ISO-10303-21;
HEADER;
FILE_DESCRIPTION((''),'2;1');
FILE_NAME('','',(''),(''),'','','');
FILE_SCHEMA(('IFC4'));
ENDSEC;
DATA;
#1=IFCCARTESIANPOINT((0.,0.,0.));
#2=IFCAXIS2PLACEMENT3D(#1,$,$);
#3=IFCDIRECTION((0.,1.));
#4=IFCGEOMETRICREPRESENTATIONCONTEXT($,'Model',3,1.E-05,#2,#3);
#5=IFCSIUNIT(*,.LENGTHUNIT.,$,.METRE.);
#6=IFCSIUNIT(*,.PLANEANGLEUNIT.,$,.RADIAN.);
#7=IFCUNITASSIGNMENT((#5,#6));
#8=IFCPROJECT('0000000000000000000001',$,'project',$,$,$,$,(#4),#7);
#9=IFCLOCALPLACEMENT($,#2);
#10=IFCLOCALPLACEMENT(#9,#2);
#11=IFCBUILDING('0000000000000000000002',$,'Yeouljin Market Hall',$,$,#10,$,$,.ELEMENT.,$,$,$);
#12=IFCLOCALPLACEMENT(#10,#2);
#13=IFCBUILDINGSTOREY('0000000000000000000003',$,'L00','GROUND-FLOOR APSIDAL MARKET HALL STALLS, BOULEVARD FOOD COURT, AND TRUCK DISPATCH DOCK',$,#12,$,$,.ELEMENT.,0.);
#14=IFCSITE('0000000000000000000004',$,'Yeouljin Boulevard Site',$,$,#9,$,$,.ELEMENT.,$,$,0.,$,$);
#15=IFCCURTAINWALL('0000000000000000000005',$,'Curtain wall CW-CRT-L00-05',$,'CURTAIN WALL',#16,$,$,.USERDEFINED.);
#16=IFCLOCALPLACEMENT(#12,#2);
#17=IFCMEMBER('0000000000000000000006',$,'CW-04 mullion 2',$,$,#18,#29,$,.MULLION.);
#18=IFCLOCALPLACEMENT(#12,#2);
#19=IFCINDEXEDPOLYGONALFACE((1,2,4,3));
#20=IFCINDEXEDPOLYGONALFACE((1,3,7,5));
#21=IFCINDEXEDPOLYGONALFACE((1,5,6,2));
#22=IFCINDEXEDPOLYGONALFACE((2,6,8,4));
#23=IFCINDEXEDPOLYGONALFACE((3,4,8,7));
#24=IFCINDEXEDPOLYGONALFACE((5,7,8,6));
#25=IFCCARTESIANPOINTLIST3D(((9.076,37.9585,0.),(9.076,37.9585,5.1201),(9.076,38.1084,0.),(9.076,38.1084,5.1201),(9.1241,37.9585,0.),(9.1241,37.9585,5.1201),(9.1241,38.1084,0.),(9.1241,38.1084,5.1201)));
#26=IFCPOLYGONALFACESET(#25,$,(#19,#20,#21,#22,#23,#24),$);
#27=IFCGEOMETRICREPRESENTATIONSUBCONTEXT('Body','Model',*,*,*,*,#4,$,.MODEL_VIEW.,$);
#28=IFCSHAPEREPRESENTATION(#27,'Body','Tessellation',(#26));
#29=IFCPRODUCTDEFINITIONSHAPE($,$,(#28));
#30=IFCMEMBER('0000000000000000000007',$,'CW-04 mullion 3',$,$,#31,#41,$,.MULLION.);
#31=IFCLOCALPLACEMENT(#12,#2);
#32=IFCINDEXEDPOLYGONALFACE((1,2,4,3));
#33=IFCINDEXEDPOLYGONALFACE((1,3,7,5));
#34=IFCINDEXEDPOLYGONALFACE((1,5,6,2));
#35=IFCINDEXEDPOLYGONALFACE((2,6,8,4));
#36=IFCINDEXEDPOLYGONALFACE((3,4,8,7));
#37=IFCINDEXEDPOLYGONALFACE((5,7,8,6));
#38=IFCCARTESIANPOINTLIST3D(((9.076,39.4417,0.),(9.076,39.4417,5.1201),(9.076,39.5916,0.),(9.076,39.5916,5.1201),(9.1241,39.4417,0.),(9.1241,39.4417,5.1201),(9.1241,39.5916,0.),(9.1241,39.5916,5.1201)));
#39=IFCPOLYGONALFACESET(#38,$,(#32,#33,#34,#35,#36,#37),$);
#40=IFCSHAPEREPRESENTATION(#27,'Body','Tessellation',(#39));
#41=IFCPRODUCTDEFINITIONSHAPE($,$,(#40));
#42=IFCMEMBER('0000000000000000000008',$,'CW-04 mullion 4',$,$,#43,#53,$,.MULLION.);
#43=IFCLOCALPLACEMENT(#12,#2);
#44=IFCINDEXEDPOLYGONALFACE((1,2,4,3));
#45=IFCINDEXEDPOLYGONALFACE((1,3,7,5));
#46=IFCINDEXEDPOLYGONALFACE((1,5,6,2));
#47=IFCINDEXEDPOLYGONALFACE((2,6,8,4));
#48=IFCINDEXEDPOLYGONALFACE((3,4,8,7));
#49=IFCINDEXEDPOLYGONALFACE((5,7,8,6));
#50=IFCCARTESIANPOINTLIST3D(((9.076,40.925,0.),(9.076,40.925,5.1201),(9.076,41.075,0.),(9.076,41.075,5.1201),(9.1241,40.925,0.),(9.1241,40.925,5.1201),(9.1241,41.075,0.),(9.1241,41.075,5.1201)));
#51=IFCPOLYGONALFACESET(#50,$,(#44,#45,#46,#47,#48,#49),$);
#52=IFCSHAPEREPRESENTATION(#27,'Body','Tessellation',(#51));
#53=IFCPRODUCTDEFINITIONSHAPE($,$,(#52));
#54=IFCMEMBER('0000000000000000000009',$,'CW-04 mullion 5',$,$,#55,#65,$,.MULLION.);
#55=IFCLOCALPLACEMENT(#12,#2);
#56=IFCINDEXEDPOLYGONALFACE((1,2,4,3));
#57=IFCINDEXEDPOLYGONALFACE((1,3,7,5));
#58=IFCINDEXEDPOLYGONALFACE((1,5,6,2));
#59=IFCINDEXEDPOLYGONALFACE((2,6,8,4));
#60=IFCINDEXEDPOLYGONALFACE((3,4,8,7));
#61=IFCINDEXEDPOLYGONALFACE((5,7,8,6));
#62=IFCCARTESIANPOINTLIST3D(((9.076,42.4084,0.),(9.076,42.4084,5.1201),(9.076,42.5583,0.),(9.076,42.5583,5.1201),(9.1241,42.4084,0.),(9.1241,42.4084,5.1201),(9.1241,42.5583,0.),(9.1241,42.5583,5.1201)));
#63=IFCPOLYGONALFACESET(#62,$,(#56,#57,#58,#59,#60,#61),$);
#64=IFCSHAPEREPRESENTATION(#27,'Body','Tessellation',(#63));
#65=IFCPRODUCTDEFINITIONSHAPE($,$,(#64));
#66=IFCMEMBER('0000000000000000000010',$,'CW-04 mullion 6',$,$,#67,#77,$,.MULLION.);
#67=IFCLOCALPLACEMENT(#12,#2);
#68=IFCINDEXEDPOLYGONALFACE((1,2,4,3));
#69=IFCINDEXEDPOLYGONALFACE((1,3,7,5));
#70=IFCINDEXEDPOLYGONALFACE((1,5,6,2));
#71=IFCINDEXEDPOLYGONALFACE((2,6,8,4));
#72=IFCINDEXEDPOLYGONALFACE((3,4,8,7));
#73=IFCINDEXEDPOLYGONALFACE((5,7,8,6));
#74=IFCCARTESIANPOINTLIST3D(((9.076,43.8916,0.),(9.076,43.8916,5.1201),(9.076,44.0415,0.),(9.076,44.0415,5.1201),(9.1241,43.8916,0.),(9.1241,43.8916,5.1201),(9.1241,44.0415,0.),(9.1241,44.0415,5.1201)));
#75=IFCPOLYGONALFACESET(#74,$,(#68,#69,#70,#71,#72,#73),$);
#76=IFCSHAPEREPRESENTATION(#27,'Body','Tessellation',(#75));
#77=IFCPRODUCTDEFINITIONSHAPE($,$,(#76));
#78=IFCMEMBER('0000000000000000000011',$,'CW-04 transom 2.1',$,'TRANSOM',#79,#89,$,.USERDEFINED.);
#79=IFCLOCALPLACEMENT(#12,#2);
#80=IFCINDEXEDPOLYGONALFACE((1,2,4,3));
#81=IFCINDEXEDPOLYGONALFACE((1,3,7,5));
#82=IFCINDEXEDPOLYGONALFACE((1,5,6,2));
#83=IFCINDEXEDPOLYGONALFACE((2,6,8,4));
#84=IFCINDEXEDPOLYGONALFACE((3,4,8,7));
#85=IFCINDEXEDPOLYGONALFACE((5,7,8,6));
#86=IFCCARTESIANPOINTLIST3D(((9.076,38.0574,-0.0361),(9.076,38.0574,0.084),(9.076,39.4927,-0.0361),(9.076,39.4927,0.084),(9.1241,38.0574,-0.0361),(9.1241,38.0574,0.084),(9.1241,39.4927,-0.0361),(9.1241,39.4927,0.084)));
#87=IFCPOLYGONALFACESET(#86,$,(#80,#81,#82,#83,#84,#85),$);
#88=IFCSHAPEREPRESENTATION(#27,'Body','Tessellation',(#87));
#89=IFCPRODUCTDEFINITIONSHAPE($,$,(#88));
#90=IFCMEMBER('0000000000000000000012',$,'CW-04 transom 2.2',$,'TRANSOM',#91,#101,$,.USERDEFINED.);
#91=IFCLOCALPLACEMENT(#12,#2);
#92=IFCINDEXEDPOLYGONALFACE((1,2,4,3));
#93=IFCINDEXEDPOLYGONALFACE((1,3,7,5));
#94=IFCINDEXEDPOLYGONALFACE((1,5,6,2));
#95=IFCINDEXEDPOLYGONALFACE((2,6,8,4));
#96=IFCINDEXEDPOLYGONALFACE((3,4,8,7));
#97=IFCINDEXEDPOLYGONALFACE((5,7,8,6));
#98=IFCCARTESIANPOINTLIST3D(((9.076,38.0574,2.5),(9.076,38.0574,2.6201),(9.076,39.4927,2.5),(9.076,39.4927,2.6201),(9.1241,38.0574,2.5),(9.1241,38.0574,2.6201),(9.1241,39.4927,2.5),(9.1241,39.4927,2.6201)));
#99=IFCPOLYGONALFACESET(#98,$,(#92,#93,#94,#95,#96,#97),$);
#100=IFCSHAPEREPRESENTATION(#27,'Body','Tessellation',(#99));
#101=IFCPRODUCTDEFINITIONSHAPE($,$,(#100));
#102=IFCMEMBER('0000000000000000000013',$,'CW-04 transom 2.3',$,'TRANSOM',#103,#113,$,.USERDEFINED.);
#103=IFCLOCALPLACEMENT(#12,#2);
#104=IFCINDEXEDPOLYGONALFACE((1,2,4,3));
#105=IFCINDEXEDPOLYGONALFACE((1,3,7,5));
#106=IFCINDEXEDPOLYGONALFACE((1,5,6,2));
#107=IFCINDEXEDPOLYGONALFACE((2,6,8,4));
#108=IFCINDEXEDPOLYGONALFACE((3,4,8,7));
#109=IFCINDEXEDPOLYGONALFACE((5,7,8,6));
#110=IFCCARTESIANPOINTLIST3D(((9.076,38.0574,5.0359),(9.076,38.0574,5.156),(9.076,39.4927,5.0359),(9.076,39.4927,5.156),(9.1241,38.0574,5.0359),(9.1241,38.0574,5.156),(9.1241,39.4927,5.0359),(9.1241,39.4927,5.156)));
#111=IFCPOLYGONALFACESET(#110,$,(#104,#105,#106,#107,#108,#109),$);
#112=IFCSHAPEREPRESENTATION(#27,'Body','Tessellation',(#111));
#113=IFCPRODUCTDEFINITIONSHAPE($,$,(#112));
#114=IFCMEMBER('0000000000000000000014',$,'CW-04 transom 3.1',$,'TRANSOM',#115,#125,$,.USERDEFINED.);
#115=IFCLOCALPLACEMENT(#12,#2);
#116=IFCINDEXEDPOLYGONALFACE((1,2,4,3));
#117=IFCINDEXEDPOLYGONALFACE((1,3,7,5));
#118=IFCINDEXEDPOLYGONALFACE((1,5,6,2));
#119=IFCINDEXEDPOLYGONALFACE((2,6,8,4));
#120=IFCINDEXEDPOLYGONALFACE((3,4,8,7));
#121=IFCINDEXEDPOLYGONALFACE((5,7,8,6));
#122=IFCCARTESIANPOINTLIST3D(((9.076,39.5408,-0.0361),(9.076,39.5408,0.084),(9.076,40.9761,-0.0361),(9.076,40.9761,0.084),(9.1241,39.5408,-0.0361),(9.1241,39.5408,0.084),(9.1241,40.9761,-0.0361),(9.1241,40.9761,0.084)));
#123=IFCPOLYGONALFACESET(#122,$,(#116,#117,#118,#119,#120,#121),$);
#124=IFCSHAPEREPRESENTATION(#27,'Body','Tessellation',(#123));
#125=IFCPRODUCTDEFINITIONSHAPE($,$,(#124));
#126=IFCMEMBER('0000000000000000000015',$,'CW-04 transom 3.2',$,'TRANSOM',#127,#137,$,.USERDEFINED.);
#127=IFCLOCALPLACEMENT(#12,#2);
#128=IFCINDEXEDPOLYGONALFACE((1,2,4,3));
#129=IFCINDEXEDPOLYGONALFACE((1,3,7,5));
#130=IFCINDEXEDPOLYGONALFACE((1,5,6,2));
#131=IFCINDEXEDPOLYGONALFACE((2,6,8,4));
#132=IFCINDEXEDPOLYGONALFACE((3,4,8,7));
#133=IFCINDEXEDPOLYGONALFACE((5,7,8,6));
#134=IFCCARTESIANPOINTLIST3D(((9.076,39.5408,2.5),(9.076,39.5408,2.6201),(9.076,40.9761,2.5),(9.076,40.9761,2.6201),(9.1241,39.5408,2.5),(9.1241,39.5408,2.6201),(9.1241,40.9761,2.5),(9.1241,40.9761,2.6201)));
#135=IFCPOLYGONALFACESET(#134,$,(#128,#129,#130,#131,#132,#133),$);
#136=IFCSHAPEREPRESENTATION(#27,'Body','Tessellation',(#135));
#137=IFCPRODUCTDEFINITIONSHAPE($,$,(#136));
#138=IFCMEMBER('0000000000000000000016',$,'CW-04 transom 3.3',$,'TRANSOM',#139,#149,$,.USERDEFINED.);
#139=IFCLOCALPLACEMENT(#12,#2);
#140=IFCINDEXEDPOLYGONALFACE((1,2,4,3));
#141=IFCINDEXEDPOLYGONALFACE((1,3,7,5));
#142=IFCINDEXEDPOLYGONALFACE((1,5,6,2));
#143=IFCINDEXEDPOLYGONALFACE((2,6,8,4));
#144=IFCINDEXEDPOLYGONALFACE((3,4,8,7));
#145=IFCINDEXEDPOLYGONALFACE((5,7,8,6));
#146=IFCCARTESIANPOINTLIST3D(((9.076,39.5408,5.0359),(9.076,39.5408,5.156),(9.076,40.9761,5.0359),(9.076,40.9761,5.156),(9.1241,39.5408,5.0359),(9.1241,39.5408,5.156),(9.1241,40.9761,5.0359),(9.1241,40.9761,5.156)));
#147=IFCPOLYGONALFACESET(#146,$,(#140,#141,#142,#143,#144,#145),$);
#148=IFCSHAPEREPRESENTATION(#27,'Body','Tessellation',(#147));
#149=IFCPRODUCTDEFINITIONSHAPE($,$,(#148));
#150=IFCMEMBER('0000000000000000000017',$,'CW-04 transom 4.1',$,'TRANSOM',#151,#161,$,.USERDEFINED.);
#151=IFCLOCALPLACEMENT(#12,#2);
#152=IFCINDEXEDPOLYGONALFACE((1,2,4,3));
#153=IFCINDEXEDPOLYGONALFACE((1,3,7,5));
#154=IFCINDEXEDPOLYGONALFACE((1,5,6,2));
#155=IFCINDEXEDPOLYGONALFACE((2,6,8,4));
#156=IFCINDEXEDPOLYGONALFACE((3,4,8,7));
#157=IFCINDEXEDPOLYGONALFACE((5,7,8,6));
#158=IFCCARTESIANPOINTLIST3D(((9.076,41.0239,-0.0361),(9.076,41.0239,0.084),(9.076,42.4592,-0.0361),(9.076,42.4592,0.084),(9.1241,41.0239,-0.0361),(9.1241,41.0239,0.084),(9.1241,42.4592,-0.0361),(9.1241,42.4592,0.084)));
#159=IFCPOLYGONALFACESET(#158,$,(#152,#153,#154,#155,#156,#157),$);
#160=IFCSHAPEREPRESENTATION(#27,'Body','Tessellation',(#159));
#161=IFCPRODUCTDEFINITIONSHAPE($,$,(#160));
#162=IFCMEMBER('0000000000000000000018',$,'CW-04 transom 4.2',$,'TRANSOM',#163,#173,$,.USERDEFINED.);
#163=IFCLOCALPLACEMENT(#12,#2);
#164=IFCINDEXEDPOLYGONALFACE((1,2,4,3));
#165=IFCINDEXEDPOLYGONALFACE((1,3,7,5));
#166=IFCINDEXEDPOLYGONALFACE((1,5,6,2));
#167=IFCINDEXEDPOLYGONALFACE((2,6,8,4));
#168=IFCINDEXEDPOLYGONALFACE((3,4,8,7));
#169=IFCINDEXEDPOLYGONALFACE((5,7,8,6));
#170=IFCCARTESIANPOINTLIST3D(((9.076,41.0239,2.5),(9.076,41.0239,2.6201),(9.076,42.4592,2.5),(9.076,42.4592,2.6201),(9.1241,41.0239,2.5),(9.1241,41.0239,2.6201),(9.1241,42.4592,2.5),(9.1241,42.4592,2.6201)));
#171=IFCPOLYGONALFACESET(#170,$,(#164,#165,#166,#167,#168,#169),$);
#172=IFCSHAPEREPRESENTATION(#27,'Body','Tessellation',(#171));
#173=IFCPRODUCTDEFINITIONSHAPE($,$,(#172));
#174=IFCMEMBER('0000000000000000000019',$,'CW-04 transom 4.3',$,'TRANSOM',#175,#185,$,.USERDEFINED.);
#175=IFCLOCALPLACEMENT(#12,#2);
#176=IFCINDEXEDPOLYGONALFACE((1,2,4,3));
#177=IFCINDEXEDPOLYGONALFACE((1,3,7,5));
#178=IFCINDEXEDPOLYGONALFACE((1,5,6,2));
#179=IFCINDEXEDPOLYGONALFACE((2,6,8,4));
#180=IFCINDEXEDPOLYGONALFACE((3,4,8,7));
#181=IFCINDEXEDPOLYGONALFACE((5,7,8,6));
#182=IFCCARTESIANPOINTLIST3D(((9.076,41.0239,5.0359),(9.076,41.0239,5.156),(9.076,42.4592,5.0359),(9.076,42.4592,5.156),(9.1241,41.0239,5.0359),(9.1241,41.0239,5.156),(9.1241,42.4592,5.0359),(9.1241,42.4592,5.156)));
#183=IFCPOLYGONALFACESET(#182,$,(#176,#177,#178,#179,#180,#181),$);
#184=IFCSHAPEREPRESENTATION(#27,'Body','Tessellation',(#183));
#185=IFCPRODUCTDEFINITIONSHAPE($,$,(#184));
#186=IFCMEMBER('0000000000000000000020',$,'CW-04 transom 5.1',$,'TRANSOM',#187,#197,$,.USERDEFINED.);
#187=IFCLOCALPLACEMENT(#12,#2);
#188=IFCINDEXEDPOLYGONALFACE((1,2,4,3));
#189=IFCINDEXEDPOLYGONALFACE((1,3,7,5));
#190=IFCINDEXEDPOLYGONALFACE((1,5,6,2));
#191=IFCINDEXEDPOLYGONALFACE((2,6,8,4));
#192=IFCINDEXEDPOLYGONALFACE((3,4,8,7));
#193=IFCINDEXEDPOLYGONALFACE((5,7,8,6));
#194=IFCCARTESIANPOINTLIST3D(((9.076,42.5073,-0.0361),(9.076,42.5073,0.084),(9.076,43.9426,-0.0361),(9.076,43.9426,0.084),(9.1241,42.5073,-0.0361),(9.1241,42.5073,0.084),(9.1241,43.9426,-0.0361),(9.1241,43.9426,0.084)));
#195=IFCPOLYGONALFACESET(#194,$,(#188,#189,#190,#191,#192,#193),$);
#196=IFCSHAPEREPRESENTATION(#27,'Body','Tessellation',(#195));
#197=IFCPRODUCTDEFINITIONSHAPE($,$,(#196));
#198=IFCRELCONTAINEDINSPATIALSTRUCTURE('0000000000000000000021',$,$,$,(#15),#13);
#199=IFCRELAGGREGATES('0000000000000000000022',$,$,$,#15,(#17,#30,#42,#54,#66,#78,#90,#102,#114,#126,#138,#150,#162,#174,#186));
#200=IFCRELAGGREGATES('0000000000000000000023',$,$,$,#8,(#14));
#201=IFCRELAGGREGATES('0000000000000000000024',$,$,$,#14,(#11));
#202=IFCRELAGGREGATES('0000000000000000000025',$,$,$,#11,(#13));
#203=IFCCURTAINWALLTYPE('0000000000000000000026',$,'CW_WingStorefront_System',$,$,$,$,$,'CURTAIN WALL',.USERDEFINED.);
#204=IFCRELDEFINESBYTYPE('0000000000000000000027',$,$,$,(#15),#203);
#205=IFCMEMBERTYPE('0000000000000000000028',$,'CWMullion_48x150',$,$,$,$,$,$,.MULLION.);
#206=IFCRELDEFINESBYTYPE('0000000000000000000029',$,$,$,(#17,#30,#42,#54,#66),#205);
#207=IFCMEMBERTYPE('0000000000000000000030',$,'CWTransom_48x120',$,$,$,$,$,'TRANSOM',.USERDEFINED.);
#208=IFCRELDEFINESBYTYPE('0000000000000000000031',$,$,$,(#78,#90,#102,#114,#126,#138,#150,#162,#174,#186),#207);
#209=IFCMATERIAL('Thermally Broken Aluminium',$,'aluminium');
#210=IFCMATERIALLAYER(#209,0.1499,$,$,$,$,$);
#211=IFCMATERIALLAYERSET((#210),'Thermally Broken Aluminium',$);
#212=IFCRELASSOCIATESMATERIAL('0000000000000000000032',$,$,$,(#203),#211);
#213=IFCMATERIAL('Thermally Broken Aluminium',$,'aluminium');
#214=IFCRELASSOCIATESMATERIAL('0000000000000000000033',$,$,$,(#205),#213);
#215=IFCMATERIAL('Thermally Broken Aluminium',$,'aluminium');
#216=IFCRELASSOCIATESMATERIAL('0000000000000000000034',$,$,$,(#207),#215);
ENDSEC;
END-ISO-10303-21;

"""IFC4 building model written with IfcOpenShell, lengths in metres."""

from ifc_helpers import new_model, si_unit, direction, frame, origin, origin_2d, place, context, subcontext, project, spatial, rectangle, extrude, material, layer, layer_set, material_profile, profile_set, type_object, element, aggregate, save


model = new_model("IFC4")

# Units and contexts
model_context = context("Model", 3, precision=1e-05, world=origin(), true_north=direction((0.0, 1.0)))
body_context = subcontext(model_context, "Body", "Model", "MODEL_VIEW")
ifc_project = project(units=[si_unit("LENGTHUNIT", "METRE"), si_unit("PLANEANGLEUNIT", "RADIAN")], contexts=[model_context])

# Site, building, storey
site_placement = place(None, origin())
site = spatial("IfcSite", under=ifc_project, at=site_placement, Name="Yeouljin Boulevard Site", CompositionType="ELEMENT", RefElevation=0.0)
building_placement = place(site_placement, origin())
building = spatial("IfcBuilding", under=site, at=building_placement, Name="Yeouljin Market Hall", CompositionType="ELEMENT")
storey_placement = place(building_placement, origin())
storey = spatial("IfcBuildingStorey", under=building, at=storey_placement, Name="L00", Description="GROUND-FLOOR APSIDAL MARKET HALL STALLS, BOULEVARD FOOD COURT, AND TRUCK DISPATCH DOCK", CompositionType="ELEMENT", Elevation=0.0)

# Curtain wall, members
ifc_material_1 = material(Name="Thermally Broken Aluminium", Category="aluminium")
ifc_layer_1 = layer(ifc_material_1, 0.1499)
ifc_layer_set_1 = layer_set([ifc_layer_1], Name="Thermally Broken Aluminium")
curtain_wall_type = type_object("IfcCurtainWallType", Name="CW_WingStorefront_System", ElementType="CURTAIN WALL", PredefinedType="USERDEFINED", material=ifc_layer_set_1)
curtain_wall_placement = place(storey_placement, origin())
curtain_wall = element("IfcCurtainWall", 1, at=curtain_wall_placement, inside=storey, type_object=curtain_wall_type, Name="Curtain wall CW-CRT-L00-05", ObjectType="CURTAIN WALL", PredefinedType="USERDEFINED")
ifc_material_2 = material(Name="Thermally Broken Aluminium", Category="aluminium")
ifc_material_profile_1 = material_profile(ifc_material_2, rectangle(XDim=0.0481, YDim=0.1499, at=origin_2d()), Name="CW-MULL-48x150")
ifc_profile_set_1 = profile_set([ifc_material_profile_1], Name="Thermally Broken Aluminium")
member_type_1 = type_object("IfcMemberType", Name="CWMullion_48x150", PredefinedType="MULLION", material=ifc_profile_set_1)
member_1_placement = place(storey_placement, frame((9.1001, 38.0334, 0.0), z_axis=(0.0, 0.0, 1.0), x_axis=(-1.0, 0.0, 0.0)))
member_1 = element("IfcMember", 2, at=member_1_placement, type_object=member_type_1, Name="CW-04 mullion 2", PredefinedType="MULLION", context=body_context, shape_type="SweptSolid", body=[
    extrude(rectangle(XDim=0.0481, YDim=0.1499, at=origin_2d()), origin(), (0.0, 0.0, 1.0), 5.1201),
])
member_2_placement = place(storey_placement, frame((9.1001, 39.5166, 0.0), z_axis=(0.0, 0.0, 1.0), x_axis=(-1.0, 0.0, 0.0)))
member_2 = element("IfcMember", 3, at=member_2_placement, type_object=member_type_1, Name="CW-04 mullion 3", PredefinedType="MULLION", context=body_context, shape_type="SweptSolid", body=[
    extrude(rectangle(XDim=0.0481, YDim=0.1499, at=origin_2d()), origin(), (0.0, 0.0, 1.0), 5.1201),
])
member_3_placement = place(storey_placement, frame((9.1001, 41.0, 0.0), z_axis=(0.0, 0.0, 1.0), x_axis=(-1.0, 0.0, 0.0)))
member_3 = element("IfcMember", 4, at=member_3_placement, type_object=member_type_1, Name="CW-04 mullion 4", PredefinedType="MULLION", context=body_context, shape_type="SweptSolid", body=[
    extrude(rectangle(XDim=0.0481, YDim=0.1499, at=origin_2d()), origin(), (0.0, 0.0, 1.0), 5.1201),
])
member_4_placement = place(storey_placement, frame((9.1001, 42.4834, 0.0), z_axis=(0.0, 0.0, 1.0), x_axis=(-1.0, 0.0, 0.0)))
member_4 = element("IfcMember", 5, at=member_4_placement, type_object=member_type_1, Name="CW-04 mullion 5", PredefinedType="MULLION", context=body_context, shape_type="SweptSolid", body=[
    extrude(rectangle(XDim=0.0481, YDim=0.1499, at=origin_2d()), origin(), (0.0, 0.0, 1.0), 5.1201),
])
member_5_placement = place(storey_placement, frame((9.1001, 43.9666, 0.0), z_axis=(0.0, 0.0, 1.0), x_axis=(-1.0, 0.0, 0.0)))
member_5 = element("IfcMember", 6, at=member_5_placement, type_object=member_type_1, Name="CW-04 mullion 6", PredefinedType="MULLION", context=body_context, shape_type="SweptSolid", body=[
    extrude(rectangle(XDim=0.0481, YDim=0.1499, at=origin_2d()), origin(), (0.0, 0.0, 1.0), 5.1201),
])
ifc_material_3 = material(Name="Thermally Broken Aluminium", Category="aluminium")
ifc_material_profile_2 = material_profile(ifc_material_3, rectangle(XDim=0.0481, YDim=0.1201, at=origin_2d()), Name="CW-TRAN-48x120")
ifc_profile_set_2 = profile_set([ifc_material_profile_2], Name="Thermally Broken Aluminium")
member_type_2 = type_object("IfcMemberType", Name="CWTransom_48x120", ElementType="TRANSOM", PredefinedType="USERDEFINED", material=ifc_profile_set_2)
member_6_placement = place(storey_placement, frame((9.1001, 38.0574, 0.0239), z_axis=(0.0, 1.0, 0.0), x_axis=(-1.0, 0.0, 0.0)))
member_6 = element("IfcMember", 7, at=member_6_placement, type_object=member_type_2, Name="CW-04 transom 2.1", ObjectType="TRANSOM", PredefinedType="USERDEFINED", context=body_context, shape_type="SweptSolid", body=[
    extrude(rectangle(XDim=0.0481, YDim=0.1201, at=origin_2d()), origin(), (0.0, 0.0, 1.0), 1.4353),
])
member_7_placement = place(storey_placement, frame((9.1001, 38.0574, 2.5601), z_axis=(0.0, 1.0, 0.0), x_axis=(-1.0, 0.0, 0.0)))
member_7 = element("IfcMember", 8, at=member_7_placement, type_object=member_type_2, Name="CW-04 transom 2.2", ObjectType="TRANSOM", PredefinedType="USERDEFINED", context=body_context, shape_type="SweptSolid", body=[
    extrude(rectangle(XDim=0.0481, YDim=0.1201, at=origin_2d()), origin(), (0.0, 0.0, 1.0), 1.4353),
])
member_8_placement = place(storey_placement, frame((9.1001, 38.0574, 5.0959), z_axis=(0.0, 1.0, 0.0), x_axis=(-1.0, 0.0, 0.0)))
member_8 = element("IfcMember", 9, at=member_8_placement, type_object=member_type_2, Name="CW-04 transom 2.3", ObjectType="TRANSOM", PredefinedType="USERDEFINED", context=body_context, shape_type="SweptSolid", body=[
    extrude(rectangle(XDim=0.0481, YDim=0.1201, at=origin_2d()), origin(), (0.0, 0.0, 1.0), 1.4353),
])
member_9_placement = place(storey_placement, frame((9.1001, 39.5408, 0.0239), z_axis=(0.0, 1.0, 0.0), x_axis=(-1.0, 0.0, 0.0)))
member_9 = element("IfcMember", 10, at=member_9_placement, type_object=member_type_2, Name="CW-04 transom 3.1", ObjectType="TRANSOM", PredefinedType="USERDEFINED", context=body_context, shape_type="SweptSolid", body=[
    extrude(rectangle(XDim=0.0481, YDim=0.1201, at=origin_2d()), origin(), (0.0, 0.0, 1.0), 1.4353),
])
member_10_placement = place(storey_placement, frame((9.1001, 39.5408, 2.5601), z_axis=(0.0, 1.0, 0.0), x_axis=(-1.0, 0.0, 0.0)))
member_10 = element("IfcMember", 11, at=member_10_placement, type_object=member_type_2, Name="CW-04 transom 3.2", ObjectType="TRANSOM", PredefinedType="USERDEFINED", context=body_context, shape_type="SweptSolid", body=[
    extrude(rectangle(XDim=0.0481, YDim=0.1201, at=origin_2d()), origin(), (0.0, 0.0, 1.0), 1.4353),
])
member_11_placement = place(storey_placement, frame((9.1001, 39.5408, 5.0959), z_axis=(0.0, 1.0, 0.0), x_axis=(-1.0, 0.0, 0.0)))
member_11 = element("IfcMember", 12, at=member_11_placement, type_object=member_type_2, Name="CW-04 transom 3.3", ObjectType="TRANSOM", PredefinedType="USERDEFINED", context=body_context, shape_type="SweptSolid", body=[
    extrude(rectangle(XDim=0.0481, YDim=0.1201, at=origin_2d()), origin(), (0.0, 0.0, 1.0), 1.4353),
])
member_12_placement = place(storey_placement, frame((9.1001, 41.0239, 0.0239), z_axis=(0.0, 1.0, 0.0), x_axis=(-1.0, 0.0, 0.0)))
member_12 = element("IfcMember", 13, at=member_12_placement, type_object=member_type_2, Name="CW-04 transom 4.1", ObjectType="TRANSOM", PredefinedType="USERDEFINED", context=body_context, shape_type="SweptSolid", body=[
    extrude(rectangle(XDim=0.0481, YDim=0.1201, at=origin_2d()), origin(), (0.0, 0.0, 1.0), 1.4353),
])
member_13_placement = place(storey_placement, frame((9.1001, 41.0239, 2.5601), z_axis=(0.0, 1.0, 0.0), x_axis=(-1.0, 0.0, 0.0)))
member_13 = element("IfcMember", 14, at=member_13_placement, type_object=member_type_2, Name="CW-04 transom 4.2", ObjectType="TRANSOM", PredefinedType="USERDEFINED", context=body_context, shape_type="SweptSolid", body=[
    extrude(rectangle(XDim=0.0481, YDim=0.1201, at=origin_2d()), origin(), (0.0, 0.0, 1.0), 1.4353),
])
member_14_placement = place(storey_placement, frame((9.1001, 41.0239, 5.0959), z_axis=(0.0, 1.0, 0.0), x_axis=(-1.0, 0.0, 0.0)))
member_14 = element("IfcMember", 15, at=member_14_placement, type_object=member_type_2, Name="CW-04 transom 4.3", ObjectType="TRANSOM", PredefinedType="USERDEFINED", context=body_context, shape_type="SweptSolid", body=[
    extrude(rectangle(XDim=0.0481, YDim=0.1201, at=origin_2d()), origin(), (0.0, 0.0, 1.0), 1.4353),
])
member_15_placement = place(storey_placement, frame((9.1001, 42.5073, 0.0239), z_axis=(0.0, 1.0, 0.0), x_axis=(-1.0, 0.0, 0.0)))
member_15 = element("IfcMember", 16, at=member_15_placement, type_object=member_type_2, Name="CW-04 transom 5.1", ObjectType="TRANSOM", PredefinedType="USERDEFINED", context=body_context, shape_type="SweptSolid", body=[
    extrude(rectangle(XDim=0.0481, YDim=0.1201, at=origin_2d()), origin(), (0.0, 0.0, 1.0), 1.4353),
])
aggregate(curtain_wall, [member_1, member_2, member_3, member_4, member_5, member_6, member_7, member_8, member_9, member_10, member_11, member_12, member_13, member_14, member_15])

save(model, "model.ifc")
